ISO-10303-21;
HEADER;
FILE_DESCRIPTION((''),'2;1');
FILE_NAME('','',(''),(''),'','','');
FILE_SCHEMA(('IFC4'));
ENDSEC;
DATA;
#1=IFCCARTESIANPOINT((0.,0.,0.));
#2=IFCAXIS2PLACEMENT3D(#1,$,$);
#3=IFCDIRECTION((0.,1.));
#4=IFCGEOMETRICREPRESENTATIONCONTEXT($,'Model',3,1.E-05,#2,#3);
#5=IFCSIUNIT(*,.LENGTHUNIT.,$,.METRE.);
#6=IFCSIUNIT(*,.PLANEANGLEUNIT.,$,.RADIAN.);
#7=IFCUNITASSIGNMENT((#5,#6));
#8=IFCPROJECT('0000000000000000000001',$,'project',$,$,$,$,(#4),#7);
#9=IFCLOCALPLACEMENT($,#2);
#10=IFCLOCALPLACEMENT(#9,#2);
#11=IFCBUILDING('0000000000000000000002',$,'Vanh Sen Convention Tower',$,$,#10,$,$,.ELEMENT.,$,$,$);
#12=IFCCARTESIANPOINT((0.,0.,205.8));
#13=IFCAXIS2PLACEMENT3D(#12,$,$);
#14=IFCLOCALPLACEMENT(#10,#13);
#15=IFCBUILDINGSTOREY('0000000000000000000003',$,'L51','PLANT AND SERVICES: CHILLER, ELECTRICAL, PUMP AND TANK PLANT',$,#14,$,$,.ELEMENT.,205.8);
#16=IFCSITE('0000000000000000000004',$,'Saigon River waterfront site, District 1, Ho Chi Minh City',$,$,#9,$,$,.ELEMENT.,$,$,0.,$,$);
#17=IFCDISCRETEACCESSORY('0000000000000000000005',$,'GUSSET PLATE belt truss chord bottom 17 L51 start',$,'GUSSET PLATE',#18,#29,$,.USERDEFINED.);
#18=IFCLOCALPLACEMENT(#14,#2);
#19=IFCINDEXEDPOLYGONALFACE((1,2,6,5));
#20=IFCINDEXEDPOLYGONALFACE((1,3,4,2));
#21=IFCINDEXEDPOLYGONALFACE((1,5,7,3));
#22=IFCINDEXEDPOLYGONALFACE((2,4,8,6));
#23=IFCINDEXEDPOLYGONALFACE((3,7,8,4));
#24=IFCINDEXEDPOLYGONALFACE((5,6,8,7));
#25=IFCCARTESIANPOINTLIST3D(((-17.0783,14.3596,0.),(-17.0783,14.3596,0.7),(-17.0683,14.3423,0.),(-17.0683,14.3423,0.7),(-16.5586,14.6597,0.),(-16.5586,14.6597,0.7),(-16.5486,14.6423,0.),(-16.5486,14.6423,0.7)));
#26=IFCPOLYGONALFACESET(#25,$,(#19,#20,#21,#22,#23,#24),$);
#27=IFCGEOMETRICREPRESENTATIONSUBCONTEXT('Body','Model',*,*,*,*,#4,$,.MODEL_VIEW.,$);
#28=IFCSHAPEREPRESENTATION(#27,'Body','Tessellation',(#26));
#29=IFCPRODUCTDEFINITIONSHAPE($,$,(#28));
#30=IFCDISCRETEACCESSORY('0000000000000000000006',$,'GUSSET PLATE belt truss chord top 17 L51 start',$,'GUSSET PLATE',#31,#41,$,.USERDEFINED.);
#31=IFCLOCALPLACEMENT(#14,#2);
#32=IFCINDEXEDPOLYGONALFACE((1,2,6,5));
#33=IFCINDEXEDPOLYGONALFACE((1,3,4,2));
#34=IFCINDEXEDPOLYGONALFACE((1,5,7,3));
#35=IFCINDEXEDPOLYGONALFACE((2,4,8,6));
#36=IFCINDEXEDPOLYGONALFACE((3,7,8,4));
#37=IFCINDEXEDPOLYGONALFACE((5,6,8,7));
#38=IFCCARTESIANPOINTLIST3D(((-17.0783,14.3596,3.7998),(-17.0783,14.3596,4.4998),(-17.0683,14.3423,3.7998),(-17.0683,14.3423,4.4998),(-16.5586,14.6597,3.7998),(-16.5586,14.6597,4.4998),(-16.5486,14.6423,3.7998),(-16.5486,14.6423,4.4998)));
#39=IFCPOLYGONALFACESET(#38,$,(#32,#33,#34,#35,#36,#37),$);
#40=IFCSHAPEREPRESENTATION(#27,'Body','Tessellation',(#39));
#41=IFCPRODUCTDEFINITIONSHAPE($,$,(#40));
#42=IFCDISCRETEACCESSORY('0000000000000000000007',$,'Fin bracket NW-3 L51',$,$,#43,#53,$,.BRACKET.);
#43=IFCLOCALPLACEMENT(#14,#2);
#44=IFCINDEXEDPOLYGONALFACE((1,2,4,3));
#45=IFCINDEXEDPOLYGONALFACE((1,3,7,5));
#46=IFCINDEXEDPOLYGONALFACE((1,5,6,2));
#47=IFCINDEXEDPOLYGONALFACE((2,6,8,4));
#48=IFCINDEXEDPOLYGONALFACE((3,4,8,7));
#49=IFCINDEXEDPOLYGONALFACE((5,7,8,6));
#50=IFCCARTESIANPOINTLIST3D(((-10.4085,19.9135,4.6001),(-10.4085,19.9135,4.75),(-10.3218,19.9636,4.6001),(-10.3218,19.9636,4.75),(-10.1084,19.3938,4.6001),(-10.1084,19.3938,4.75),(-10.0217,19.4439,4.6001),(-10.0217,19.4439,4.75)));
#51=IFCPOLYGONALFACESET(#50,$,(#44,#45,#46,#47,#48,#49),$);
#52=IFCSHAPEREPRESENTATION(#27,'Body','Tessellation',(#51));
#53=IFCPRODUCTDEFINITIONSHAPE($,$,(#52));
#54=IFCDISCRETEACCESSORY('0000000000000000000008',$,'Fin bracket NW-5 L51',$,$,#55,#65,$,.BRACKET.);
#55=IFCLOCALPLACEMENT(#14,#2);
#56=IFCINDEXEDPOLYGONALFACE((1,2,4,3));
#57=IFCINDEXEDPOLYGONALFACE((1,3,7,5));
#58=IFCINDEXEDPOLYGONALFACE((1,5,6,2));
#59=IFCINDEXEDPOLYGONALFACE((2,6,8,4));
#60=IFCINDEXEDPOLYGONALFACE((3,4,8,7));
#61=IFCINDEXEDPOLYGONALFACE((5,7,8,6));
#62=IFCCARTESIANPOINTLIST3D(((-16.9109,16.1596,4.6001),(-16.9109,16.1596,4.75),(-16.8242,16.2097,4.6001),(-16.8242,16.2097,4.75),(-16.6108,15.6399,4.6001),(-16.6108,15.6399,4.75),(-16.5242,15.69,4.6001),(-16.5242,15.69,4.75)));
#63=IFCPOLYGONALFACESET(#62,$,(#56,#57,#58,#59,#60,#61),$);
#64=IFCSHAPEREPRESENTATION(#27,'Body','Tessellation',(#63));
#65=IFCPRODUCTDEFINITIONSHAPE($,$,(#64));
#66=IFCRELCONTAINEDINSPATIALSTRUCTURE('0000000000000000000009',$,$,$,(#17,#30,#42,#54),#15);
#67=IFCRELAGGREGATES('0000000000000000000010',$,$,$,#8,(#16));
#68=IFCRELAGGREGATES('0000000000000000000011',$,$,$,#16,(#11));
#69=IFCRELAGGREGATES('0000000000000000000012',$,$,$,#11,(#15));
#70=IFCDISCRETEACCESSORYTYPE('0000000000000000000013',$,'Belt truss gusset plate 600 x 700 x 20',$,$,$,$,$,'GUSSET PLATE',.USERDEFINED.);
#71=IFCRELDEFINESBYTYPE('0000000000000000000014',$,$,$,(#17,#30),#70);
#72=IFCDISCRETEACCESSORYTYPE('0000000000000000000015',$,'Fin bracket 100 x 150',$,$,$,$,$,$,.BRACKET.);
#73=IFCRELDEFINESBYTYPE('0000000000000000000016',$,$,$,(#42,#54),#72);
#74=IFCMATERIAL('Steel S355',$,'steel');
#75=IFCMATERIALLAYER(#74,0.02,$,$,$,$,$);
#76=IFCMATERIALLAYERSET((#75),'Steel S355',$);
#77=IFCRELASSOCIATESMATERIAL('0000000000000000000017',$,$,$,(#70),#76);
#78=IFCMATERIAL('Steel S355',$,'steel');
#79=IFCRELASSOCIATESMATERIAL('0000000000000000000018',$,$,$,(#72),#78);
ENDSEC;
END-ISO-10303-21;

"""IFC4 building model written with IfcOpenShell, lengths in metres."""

from ifc_helpers import new_model, si_unit, direction, frame, origin, origin_2d, place, context, subcontext, project, spatial, rectangle, extrude, material, layer, layer_set, type_object, element, save


model = new_model("IFC4")

# Units and contexts
model_context = context("Model", 3, precision=1e-05, world=origin(), true_north=direction((0.0, 1.0)))
body_context = subcontext(model_context, "Body", "Model", "MODEL_VIEW")
ifc_project = project(units=[si_unit("LENGTHUNIT", "METRE"), si_unit("PLANEANGLEUNIT", "RADIAN")], contexts=[model_context])

# Site, building, storey
site_placement = place(None, origin())
site = spatial("IfcSite", under=ifc_project, at=site_placement, Name="Saigon River waterfront site, District 1, Ho Chi Minh City", CompositionType="ELEMENT", RefElevation=0.0)
building_placement = place(site_placement, origin())
building = spatial("IfcBuilding", under=site, at=building_placement, Name="Vanh Sen Convention Tower", CompositionType="ELEMENT")
storey_placement = place(building_placement, frame((0.0, 0.0, 205.8)))
storey = spatial("IfcBuildingStorey", under=building, at=storey_placement, Name="L51", Description="PLANT AND SERVICES: CHILLER, ELECTRICAL, PUMP AND TANK PLANT", CompositionType="ELEMENT", Elevation=205.8)

# Shared definitions
ifc_material_1 = material(Name="Steel S355", Category="steel")

# Discrete accessories
ifc_layer_1 = layer(ifc_material_1, 0.02)
ifc_layer_set_1 = layer_set([ifc_layer_1], Name="Steel S355")
discrete_accessory_type_1 = type_object("IfcDiscreteAccessoryType", Name="Belt truss gusset plate 600 x 700 x 20", ElementType="GUSSET PLATE", PredefinedType="USERDEFINED", material=ifc_layer_set_1)
for number, where, z_axis, x_axis, name in (
    (1, (-16.8135, 14.501, 0.0), (0.0, 0.0, 1.0), (-0.866035, -0.499983, 0.0), "GUSSET PLATE belt truss chord bottom 17 L51 start"),
    (2, (-16.8135, 14.501, 3.7998), (0.0, 0.0, 1.0), (-0.866035, -0.499983, 0.0), "GUSSET PLATE belt truss chord top 17 L51 start"),
):
    element("IfcDiscreteAccessory", number, at=place(storey_placement, frame(where, z_axis=z_axis, x_axis=x_axis)), inside=storey, type_object=discrete_accessory_type_1, Name=name, ObjectType="GUSSET PLATE", PredefinedType="USERDEFINED", context=body_context, shape_type="SweptSolid", body=[
        extrude(rectangle(XDim=0.6001, YDim=0.02, at=origin_2d()), origin(), (0.0, 0.0, 1.0), 0.7),
    ])
ifc_material_2 = material(Name="Steel S355", Category="steel")
discrete_accessory_type_2 = type_object("IfcDiscreteAccessoryType", Name="Fin bracket 100 x 150", PredefinedType="BRACKET", material=ifc_material_2)
for number, where, z_axis, x_axis, name in (
    (3, (-10.2151, 19.6787, 4.6001), (0.0, 0.0, 1.0), (-0.5, 0.866025, 0.0), "Fin bracket NW-3 L51"),
    (4, (-16.7175, 15.9248, 4.6001), (0.0, 0.0, 1.0), (-0.5, 0.866025, 0.0), "Fin bracket NW-5 L51"),
):
    element("IfcDiscreteAccessory", number, at=place(storey_placement, frame(where, z_axis=z_axis, x_axis=x_axis)), inside=storey, type_object=discrete_accessory_type_2, Name=name, PredefinedType="BRACKET", context=body_context, shape_type="SweptSolid", body=[
        extrude(rectangle(XDim=0.6001, YDim=0.1001, at=origin_2d()), origin(), (0.0, 0.0, 1.0), 0.1499),
    ])

save(model, "model.ifc")
